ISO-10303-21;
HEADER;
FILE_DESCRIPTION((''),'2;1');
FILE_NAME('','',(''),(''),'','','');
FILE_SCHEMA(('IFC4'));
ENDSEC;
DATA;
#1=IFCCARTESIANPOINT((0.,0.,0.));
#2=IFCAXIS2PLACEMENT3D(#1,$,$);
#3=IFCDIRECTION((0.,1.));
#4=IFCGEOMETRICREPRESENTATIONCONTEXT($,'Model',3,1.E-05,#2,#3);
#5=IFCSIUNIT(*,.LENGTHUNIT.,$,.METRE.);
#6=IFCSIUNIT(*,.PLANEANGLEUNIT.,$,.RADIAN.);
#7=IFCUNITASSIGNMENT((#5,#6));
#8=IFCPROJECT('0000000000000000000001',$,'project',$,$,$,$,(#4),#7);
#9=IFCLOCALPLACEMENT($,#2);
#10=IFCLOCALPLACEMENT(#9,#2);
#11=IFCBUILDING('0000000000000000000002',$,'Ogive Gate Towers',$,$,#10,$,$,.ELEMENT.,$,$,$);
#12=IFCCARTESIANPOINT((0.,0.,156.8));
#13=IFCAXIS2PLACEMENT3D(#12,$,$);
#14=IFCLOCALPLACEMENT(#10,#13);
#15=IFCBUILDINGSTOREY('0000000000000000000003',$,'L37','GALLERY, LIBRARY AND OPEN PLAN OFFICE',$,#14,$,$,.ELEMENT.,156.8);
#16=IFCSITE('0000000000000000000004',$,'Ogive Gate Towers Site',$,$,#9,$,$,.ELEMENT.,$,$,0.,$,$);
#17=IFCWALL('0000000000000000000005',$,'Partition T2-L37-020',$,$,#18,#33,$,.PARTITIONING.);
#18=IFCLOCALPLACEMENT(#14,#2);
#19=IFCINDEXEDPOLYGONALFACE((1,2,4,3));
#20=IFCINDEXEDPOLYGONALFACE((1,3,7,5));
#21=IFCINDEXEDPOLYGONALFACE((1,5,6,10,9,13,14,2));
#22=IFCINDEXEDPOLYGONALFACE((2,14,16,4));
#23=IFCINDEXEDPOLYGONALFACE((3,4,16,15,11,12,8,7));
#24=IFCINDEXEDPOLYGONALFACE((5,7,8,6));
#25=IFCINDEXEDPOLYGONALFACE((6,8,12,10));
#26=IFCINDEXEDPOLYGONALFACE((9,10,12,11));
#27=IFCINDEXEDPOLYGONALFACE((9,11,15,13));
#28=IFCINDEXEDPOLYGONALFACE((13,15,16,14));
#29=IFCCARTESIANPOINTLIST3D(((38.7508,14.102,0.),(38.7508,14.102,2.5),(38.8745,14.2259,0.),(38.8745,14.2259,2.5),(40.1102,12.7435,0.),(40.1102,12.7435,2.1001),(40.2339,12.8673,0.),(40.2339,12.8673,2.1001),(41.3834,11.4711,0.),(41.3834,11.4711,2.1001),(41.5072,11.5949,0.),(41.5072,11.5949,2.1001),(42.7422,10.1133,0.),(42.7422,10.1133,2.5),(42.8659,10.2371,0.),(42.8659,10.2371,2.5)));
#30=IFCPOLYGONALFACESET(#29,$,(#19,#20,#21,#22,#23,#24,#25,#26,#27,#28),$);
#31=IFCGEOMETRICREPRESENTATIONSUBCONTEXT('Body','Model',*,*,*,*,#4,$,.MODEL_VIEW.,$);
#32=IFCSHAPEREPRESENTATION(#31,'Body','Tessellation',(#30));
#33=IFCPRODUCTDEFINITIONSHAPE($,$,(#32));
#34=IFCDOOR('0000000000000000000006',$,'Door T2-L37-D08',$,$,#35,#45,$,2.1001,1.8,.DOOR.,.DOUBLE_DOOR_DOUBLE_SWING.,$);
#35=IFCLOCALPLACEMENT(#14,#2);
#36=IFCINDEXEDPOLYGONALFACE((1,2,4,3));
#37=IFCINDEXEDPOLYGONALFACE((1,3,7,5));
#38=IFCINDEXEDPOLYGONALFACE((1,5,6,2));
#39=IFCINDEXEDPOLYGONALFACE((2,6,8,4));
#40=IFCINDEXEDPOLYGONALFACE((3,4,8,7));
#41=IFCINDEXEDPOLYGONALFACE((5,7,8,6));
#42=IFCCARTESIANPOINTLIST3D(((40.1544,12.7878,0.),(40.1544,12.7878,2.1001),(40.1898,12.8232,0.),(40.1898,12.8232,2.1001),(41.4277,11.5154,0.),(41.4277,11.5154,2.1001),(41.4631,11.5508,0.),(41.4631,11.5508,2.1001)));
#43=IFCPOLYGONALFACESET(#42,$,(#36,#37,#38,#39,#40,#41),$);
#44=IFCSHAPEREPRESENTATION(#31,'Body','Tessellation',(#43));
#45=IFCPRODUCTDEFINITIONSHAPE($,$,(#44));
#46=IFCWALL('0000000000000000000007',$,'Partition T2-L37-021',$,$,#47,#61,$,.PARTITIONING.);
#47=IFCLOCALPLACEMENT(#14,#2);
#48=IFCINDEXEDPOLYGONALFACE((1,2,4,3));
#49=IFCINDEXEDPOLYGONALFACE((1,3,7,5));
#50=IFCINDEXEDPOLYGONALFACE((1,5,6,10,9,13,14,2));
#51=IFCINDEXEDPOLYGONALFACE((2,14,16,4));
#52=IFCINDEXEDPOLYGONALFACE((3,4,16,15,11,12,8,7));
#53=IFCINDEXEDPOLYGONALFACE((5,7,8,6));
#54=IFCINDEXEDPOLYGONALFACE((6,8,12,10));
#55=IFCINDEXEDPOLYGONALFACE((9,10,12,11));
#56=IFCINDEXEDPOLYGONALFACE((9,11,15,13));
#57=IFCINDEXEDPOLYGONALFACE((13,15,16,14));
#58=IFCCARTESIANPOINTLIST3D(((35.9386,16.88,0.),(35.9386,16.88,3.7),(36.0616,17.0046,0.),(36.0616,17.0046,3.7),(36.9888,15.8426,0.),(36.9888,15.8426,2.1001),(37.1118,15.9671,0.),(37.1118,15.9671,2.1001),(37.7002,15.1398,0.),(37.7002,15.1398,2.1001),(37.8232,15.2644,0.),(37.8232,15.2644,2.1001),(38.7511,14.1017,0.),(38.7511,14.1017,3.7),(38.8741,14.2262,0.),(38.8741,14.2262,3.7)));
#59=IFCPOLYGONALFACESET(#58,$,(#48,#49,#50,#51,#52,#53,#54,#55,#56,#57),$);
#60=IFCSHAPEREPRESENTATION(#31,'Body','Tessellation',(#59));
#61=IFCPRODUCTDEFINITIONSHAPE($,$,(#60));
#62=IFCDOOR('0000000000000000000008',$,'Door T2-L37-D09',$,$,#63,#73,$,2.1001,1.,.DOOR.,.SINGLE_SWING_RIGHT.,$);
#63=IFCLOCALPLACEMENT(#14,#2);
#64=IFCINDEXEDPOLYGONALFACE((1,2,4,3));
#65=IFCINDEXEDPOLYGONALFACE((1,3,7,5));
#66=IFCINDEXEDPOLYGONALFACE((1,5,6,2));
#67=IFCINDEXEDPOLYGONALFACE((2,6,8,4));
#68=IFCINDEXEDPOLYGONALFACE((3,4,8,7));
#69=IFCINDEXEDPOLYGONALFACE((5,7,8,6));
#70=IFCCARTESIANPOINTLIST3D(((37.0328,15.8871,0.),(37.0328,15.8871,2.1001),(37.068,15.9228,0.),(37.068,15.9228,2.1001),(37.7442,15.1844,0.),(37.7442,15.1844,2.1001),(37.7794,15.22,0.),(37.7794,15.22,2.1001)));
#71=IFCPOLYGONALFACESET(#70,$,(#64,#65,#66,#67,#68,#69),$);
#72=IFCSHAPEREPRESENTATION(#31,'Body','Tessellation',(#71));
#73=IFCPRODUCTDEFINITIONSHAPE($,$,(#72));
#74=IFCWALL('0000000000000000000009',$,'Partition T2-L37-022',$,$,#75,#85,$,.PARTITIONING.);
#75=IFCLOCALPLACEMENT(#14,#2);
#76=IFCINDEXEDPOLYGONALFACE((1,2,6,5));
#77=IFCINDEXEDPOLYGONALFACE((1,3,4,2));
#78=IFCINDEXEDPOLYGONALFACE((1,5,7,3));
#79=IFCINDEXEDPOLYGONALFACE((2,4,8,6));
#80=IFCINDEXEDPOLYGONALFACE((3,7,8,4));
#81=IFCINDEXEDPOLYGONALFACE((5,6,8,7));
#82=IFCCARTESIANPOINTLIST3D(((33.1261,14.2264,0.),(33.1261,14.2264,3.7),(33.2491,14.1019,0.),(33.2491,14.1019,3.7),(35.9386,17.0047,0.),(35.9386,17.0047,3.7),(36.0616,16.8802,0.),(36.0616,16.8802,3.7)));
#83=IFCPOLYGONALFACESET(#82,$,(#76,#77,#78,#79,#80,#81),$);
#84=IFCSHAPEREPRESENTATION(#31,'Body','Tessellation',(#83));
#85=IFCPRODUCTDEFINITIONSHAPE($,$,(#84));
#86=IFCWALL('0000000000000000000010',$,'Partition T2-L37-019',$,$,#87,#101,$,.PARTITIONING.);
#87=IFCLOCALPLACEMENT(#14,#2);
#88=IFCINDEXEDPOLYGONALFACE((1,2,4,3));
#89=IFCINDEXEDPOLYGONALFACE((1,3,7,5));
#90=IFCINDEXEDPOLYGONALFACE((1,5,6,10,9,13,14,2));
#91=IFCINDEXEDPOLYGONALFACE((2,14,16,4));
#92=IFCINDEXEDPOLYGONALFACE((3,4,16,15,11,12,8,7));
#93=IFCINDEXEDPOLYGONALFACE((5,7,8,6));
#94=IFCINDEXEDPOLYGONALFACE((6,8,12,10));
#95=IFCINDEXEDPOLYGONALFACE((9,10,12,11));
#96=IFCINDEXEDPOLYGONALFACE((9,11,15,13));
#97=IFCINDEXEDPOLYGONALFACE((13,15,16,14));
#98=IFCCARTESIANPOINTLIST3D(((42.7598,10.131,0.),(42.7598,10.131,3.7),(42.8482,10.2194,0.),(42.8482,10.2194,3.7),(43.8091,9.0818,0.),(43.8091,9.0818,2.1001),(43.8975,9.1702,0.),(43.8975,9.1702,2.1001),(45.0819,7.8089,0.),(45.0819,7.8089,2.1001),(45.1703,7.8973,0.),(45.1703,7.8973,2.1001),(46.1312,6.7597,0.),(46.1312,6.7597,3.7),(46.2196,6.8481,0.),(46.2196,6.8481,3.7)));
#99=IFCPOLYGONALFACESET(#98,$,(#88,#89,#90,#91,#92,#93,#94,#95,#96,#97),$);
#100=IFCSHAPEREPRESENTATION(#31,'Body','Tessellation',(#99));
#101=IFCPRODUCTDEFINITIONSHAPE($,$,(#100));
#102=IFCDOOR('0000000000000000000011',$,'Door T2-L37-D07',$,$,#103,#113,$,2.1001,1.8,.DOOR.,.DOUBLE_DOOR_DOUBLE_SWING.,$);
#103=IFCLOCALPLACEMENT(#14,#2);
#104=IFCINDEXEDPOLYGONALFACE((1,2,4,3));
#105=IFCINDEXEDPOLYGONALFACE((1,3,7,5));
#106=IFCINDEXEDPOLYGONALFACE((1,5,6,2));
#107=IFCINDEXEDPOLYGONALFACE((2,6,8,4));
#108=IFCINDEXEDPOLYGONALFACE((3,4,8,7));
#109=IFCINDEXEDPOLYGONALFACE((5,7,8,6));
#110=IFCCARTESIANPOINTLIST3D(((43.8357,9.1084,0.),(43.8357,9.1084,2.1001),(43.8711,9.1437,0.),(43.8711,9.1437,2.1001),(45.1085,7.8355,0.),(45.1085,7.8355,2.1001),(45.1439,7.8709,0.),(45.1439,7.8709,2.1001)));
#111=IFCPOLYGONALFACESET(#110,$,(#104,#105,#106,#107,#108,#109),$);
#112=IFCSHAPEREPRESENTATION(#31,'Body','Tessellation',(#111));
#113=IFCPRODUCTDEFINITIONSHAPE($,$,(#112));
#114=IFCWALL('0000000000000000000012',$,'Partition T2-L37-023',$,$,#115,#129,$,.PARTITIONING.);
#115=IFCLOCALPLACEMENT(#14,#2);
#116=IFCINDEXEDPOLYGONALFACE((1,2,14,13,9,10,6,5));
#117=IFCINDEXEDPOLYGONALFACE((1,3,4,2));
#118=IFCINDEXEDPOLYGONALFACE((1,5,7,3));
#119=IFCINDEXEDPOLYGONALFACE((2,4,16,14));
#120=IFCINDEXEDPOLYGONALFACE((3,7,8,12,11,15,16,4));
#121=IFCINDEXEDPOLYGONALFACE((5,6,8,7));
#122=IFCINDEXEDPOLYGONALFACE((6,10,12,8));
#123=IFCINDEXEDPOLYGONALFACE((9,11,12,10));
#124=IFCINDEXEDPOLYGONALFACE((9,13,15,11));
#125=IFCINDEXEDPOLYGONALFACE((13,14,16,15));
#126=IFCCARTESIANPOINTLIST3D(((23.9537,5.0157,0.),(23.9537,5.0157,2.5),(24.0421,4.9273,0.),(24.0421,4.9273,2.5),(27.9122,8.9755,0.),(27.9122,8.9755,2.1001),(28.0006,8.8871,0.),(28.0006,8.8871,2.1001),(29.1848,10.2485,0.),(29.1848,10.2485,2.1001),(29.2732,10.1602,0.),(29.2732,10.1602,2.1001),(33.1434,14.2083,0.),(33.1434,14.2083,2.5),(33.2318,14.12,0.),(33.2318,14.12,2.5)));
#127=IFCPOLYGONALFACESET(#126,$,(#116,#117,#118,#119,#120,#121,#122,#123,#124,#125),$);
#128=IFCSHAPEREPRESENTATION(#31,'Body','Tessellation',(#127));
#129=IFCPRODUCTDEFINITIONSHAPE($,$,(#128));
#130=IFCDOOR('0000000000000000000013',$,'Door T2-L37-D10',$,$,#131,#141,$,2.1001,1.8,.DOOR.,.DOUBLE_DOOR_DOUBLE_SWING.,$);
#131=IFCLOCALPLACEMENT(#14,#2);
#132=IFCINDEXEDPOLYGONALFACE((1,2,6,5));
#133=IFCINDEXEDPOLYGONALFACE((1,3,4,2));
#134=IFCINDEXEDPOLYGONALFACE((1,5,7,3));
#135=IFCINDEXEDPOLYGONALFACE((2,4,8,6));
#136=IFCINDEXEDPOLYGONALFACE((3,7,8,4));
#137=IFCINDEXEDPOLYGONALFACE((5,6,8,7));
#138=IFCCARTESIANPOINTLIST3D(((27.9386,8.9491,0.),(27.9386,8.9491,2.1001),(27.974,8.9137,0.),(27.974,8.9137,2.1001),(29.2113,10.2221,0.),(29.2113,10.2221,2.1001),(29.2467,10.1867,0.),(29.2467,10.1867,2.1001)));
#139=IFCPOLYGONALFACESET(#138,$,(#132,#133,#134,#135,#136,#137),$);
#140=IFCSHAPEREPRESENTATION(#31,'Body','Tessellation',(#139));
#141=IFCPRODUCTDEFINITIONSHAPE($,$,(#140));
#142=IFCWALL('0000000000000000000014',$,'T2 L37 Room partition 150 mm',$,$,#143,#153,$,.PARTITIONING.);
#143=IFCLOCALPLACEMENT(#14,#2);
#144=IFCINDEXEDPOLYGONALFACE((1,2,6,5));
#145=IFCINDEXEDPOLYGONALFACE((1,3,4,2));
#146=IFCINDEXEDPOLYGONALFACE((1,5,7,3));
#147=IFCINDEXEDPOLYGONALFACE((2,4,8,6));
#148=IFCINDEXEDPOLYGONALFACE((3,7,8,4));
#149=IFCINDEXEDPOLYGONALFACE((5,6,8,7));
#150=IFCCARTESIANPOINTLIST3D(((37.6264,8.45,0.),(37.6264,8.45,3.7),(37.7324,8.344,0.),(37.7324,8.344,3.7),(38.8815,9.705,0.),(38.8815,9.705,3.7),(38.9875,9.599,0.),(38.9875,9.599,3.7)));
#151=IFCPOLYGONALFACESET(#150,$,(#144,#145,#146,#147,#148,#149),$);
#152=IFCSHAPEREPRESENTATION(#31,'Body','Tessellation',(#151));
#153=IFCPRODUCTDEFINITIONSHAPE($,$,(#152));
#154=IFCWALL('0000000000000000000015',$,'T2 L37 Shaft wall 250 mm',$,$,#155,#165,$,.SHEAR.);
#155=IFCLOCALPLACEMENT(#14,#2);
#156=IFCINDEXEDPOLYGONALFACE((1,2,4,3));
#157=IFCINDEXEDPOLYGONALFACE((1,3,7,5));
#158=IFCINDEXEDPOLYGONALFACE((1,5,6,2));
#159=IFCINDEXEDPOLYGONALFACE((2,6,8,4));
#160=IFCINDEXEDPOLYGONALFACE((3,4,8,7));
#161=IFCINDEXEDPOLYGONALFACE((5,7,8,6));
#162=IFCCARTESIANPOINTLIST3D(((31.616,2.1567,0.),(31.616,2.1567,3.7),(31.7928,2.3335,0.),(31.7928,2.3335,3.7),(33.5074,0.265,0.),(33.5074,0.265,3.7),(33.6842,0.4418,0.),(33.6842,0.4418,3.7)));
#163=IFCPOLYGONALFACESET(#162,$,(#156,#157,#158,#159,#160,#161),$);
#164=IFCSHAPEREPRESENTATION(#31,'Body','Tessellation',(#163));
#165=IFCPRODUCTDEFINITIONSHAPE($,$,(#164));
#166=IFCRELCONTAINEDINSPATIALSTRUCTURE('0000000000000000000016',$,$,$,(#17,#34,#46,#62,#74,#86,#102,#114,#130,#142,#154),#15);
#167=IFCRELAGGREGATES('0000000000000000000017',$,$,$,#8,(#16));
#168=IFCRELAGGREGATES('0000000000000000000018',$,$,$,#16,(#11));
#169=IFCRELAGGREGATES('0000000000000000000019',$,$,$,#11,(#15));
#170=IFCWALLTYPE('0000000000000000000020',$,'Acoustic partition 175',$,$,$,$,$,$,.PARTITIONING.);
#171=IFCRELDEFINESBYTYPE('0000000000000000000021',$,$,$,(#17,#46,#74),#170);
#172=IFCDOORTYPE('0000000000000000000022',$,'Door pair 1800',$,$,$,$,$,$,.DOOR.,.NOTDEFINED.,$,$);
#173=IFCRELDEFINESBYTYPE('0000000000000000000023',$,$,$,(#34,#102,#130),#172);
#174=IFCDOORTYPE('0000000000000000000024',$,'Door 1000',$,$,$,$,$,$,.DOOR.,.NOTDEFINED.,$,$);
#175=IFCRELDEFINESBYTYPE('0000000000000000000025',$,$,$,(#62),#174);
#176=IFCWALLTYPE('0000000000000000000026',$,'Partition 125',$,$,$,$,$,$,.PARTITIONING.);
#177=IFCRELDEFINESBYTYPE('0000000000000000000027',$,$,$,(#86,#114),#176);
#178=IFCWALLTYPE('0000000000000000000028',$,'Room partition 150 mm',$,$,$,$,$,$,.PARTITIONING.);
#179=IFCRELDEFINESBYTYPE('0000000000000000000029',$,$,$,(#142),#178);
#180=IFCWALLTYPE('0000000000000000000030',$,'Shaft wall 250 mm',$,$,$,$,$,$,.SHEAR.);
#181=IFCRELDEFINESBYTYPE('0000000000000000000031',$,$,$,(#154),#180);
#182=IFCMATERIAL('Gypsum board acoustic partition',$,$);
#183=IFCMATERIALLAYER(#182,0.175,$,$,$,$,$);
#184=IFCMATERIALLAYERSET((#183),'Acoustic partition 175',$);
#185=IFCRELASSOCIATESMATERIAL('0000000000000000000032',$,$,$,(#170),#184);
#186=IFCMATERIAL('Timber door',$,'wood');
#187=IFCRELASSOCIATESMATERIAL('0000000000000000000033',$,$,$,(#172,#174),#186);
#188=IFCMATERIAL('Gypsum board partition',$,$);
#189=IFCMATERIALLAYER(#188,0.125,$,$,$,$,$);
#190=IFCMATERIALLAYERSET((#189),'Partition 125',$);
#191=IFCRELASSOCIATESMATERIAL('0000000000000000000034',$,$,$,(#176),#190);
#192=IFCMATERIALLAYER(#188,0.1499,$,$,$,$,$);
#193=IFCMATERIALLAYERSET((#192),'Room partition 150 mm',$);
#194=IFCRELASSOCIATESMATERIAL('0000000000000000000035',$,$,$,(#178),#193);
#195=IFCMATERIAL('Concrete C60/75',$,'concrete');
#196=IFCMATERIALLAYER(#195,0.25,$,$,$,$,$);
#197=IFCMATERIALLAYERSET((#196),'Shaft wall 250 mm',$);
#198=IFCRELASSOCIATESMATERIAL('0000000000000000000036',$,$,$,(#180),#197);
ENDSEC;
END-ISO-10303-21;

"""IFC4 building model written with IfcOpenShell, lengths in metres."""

from ifc_helpers import new_model, si_unit, direction, frame, frame_2d, origin, place, context, subcontext, project, spatial, rectangle, extrude, material, layer, layer_set, type_object, element, fill, save


model = new_model("IFC4")

# Units and contexts
model_context = context("Model", 3, precision=1e-05, world=origin(), true_north=direction((0.0, 1.0)))
body_context = subcontext(model_context, "Body", "Model", "MODEL_VIEW")
ifc_project = project(units=[si_unit("LENGTHUNIT", "METRE"), si_unit("PLANEANGLEUNIT", "RADIAN")], contexts=[model_context])

# Site, building, storey
site_placement = place(None, origin())
site = spatial("IfcSite", under=ifc_project, at=site_placement, Name="Ogive Gate Towers Site", CompositionType="ELEMENT", RefElevation=0.0)
building_placement = place(site_placement, origin())
building = spatial("IfcBuilding", under=site, at=building_placement, Name="Ogive Gate Towers", CompositionType="ELEMENT")
storey_placement = place(building_placement, frame((0.0, 0.0, 156.8)))
storey = spatial("IfcBuildingStorey", under=building, at=storey_placement, Name="L37", Description="GALLERY, LIBRARY AND OPEN PLAN OFFICE", CompositionType="ELEMENT", Elevation=156.8)

# Shared definitions
ifc_material_1 = material(Name="Gypsum board acoustic partition")
ifc_layer_1 = layer(ifc_material_1, 0.175)
ifc_layer_set_1 = layer_set([ifc_layer_1], Name="Acoustic partition 175")
wall_type_1 = type_object("IfcWallType", Name="Acoustic partition 175", PredefinedType="PARTITIONING", material=ifc_layer_set_1)

# Walls, openings, doors
wall_1_placement = place(storey_placement, frame((42.804, 10.1753, 0.0), z_axis=(0.0, 0.0, 1.0), x_axis=(-0.707345, 0.706869, 0.0)))
wall_1 = element("IfcWall", 1, at=wall_1_placement, inside=storey, type_object=wall_type_1, Name="Partition T2-L37-020", PredefinedType="PARTITIONING", context=body_context, shape_type="SweptSolid", body=[
    extrude(rectangle(XDim=5.6428, YDim=0.175, at=frame_2d((2.8213, 0.0))), origin(), (0.0, 0.0, 1.0), 2.5),
])
opening_1_placement = place(wall_1_placement, frame((1.9209, 0.0, 0.0)))
opening_1 = element("IfcOpeningElement", 2, at=opening_1_placement, cuts=wall_1, PredefinedType="OPENING", context=body_context, shape_type="SweptSolid", body=[
    extrude(rectangle(XDim=1.8, YDim=2.1001, at=frame_2d((0.8999, 1.05))), frame((0.0, 0.0977, 0.0), z_axis=(0.0, -1.0, 0.0), x_axis=(1.0, 0.0, 0.0)), (0.0, 0.0, 1.0), 0.1951),
])
ifc_material_2 = material(Name="Timber door", Category="wood")
door_type_1 = type_object("IfcDoorType", Name="Door pair 1800", OperationType="NOTDEFINED", PredefinedType="DOOR", material=ifc_material_2)
door_1_placement = place(opening_1_placement, origin())
door_1 = element("IfcDoor", 3, at=door_1_placement, inside=storey, type_object=door_type_1, Name="Door T2-L37-D08", OperationType="DOUBLE_DOOR_DOUBLE_SWING", OverallHeight=2.1001, OverallWidth=1.8, PredefinedType="DOOR", context=body_context, shape_type="SweptSolid", body=[
    extrude(rectangle(XDim=1.8, YDim=2.1001, at=frame_2d((0.8999, 1.05))), frame((0.0, 0.0249, 0.0), z_axis=(0.0, -1.0, 0.0), x_axis=(1.0, 0.0, 0.0)), (0.0, 0.0, 1.0), 0.05),
])
fill(opening_1, door_1)
wall_2_placement = place(storey_placement, frame((38.8125, 14.1641, 0.0), z_axis=(0.0, 0.0, 1.0), x_axis=(-0.711416, 0.702771, 0.0)))
wall_2 = element("IfcWall", 4, at=wall_2_placement, inside=storey, type_object=wall_type_1, Name="Partition T2-L37-021", PredefinedType="PARTITIONING", context=body_context, shape_type="SweptSolid", body=[
    extrude(rectangle(XDim=3.9534, YDim=0.175, at=frame_2d((1.9766, 0.0))), origin(), (0.0, 0.0, 1.0), 3.7),
])
opening_2_placement = place(wall_2_placement, frame((1.4771, 0.0, 0.0)))
opening_2 = element("IfcOpeningElement", 5, at=opening_2_placement, cuts=wall_2, PredefinedType="OPENING", context=body_context, shape_type="SweptSolid", body=[
    extrude(rectangle(XDim=1.0, YDim=2.1001, at=frame_2d((0.5, 1.05))), frame((0.0, 0.0977, 0.0), z_axis=(0.0, -1.0, 0.0), x_axis=(1.0, 0.0, 0.0)), (0.0, 0.0, 1.0), 0.1951),
])
door_type_2 = type_object("IfcDoorType", Name="Door 1000", OperationType="NOTDEFINED", PredefinedType="DOOR", material=ifc_material_2)
door_2_placement = place(opening_2_placement, origin())
door_2 = element("IfcDoor", 6, at=door_2_placement, inside=storey, type_object=door_type_2, Name="Door T2-L37-D09", OperationType="SINGLE_SWING_RIGHT", OverallHeight=2.1001, OverallWidth=1.0, PredefinedType="DOOR", context=body_context, shape_type="SweptSolid", body=[
    extrude(rectangle(XDim=1.0, YDim=2.1001, at=frame_2d((0.5, 1.05))), frame((0.0, 0.0249, 0.0), z_axis=(0.0, -1.0, 0.0), x_axis=(1.0, 0.0, 0.0)), (0.0, 0.0, 1.0), 0.05),
])
fill(opening_2, door_2)

# Wall
wall_3_placement = place(storey_placement, frame((36.0, 16.9424, 0.0), z_axis=(0.0, 0.0, 1.0), x_axis=(-0.711416, -0.702771, 0.0)))
element("IfcWall", 7, at=wall_3_placement, inside=storey, type_object=wall_type_1, Name="Partition T2-L37-022", PredefinedType="PARTITIONING", context=body_context, shape_type="SweptSolid", body=[
    extrude(rectangle(XDim=3.9534, YDim=0.175, at=frame_2d((1.9766, 0.0))), origin(), (0.0, 0.0, 1.0), 3.7),
])

# Walls, openings, doors
ifc_material_3 = material(Name="Gypsum board partition")
ifc_layer_2 = layer(ifc_material_3, 0.125)
ifc_layer_set_2 = layer_set([ifc_layer_2], Name="Partition 125")
wall_type_2 = type_object("IfcWallType", Name="Partition 125", PredefinedType="PARTITIONING", material=ifc_layer_set_2)
wall_4_placement = place(storey_placement, frame((46.1753, 6.804, 0.0), z_axis=(0.0, 0.0, 1.0), x_axis=(-0.707107, 0.707107, 0.0)))
wall_4 = element("IfcWall", 8, at=wall_4_placement, inside=storey, type_object=wall_type_2, Name="Partition T2-L37-019", PredefinedType="PARTITIONING", context=body_context, shape_type="SweptSolid", body=[
    extrude(rectangle(XDim=4.7678, YDim=0.125, at=frame_2d((2.3838, 0.0))), origin(), (0.0, 0.0, 1.0), 3.7),
])
opening_3_placement = place(wall_4_placement, frame((1.4839, 0.0, 0.0)))
opening_3 = element("IfcOpeningElement", 9, at=opening_3_placement, cuts=wall_4, PredefinedType="OPENING", context=body_context, shape_type="SweptSolid", body=[
    extrude(rectangle(XDim=1.8, YDim=2.1001, at=frame_2d((0.8999, 1.05))), frame((0.0, 0.0725, 0.0), z_axis=(0.0, -1.0, 0.0), x_axis=(1.0, 0.0, 0.0)), (0.0, 0.0, 1.0), 0.145),
])
door_3_placement = place(opening_3_placement, origin())
door_3 = element("IfcDoor", 10, at=door_3_placement, inside=storey, type_object=door_type_1, Name="Door T2-L37-D07", OperationType="DOUBLE_DOOR_DOUBLE_SWING", OverallHeight=2.1001, OverallWidth=1.8, PredefinedType="DOOR", context=body_context, shape_type="SweptSolid", body=[
    extrude(rectangle(XDim=1.8, YDim=2.1001, at=frame_2d((0.8999, 1.05))), frame((0.0, 0.0249, 0.0), z_axis=(0.0, -1.0, 0.0), x_axis=(1.0, 0.0, 0.0)), (0.0, 0.0, 1.0), 0.05),
])
fill(opening_3, door_3)
wall_5_placement = place(storey_placement, frame((33.1875, 14.1641, 0.0), z_axis=(0.0, 0.0, 1.0), x_axis=(-0.706994, -0.707219, 0.0)))
wall_5 = element("IfcWall", 11, at=wall_5_placement, inside=storey, type_object=wall_type_2, Name="Partition T2-L37-023", PredefinedType="PARTITIONING", context=body_context, shape_type="SweptSolid", body=[
    extrude(rectangle(XDim=12.9983, YDim=0.125, at=frame_2d((6.499, 0.0))), origin(), (0.0, 0.0, 1.0), 2.5),
])
opening_4_placement = place(wall_5_placement, frame((5.5991, 0.0, 0.0)))
opening_4 = element("IfcOpeningElement", 12, at=opening_4_placement, cuts=wall_5, PredefinedType="OPENING", context=body_context, shape_type="SweptSolid", body=[
    extrude(rectangle(XDim=1.8, YDim=2.1001, at=frame_2d((0.8999, 1.05))), frame((0.0, 0.0725, 0.0), z_axis=(0.0, -1.0, 0.0), x_axis=(1.0, 0.0, 0.0)), (0.0, 0.0, 1.0), 0.145),
])
door_4_placement = place(opening_4_placement, origin())
door_4 = element("IfcDoor", 13, at=door_4_placement, inside=storey, type_object=door_type_1, Name="Door T2-L37-D10", OperationType="DOUBLE_DOOR_DOUBLE_SWING", OverallHeight=2.1001, OverallWidth=1.8, PredefinedType="DOOR", context=body_context, shape_type="SweptSolid", body=[
    extrude(rectangle(XDim=1.8, YDim=2.1001, at=frame_2d((0.8999, 1.05))), frame((0.0, 0.0249, 0.0), z_axis=(0.0, -1.0, 0.0), x_axis=(1.0, 0.0, 0.0)), (0.0, 0.0, 1.0), 0.05),
])
fill(opening_4, door_4)

# Walls
ifc_layer_3 = layer(ifc_material_3, 0.1499)
ifc_layer_set_3 = layer_set([ifc_layer_3], Name="Room partition 150 mm")
wall_type_3 = type_object("IfcWallType", Name="Room partition 150 mm", PredefinedType="PARTITIONING", material=ifc_layer_set_3)
wall_6_placement = place(storey_placement, frame((37.6794, 8.397, 0.0), z_axis=(0.0, 0.0, 1.0), x_axis=(0.707107, 0.707107, 0.0)))
element("IfcWall", 14, at=wall_6_placement, inside=storey, type_object=wall_type_3, Name="T2 L37 Room partition 150 mm", PredefinedType="PARTITIONING", context=body_context, shape_type="SweptSolid", body=[
    extrude(rectangle(XDim=1.7749, YDim=0.1499, at=frame_2d((0.8875, 0.0))), origin(), (0.0, 0.0, 1.0), 3.7),
])
ifc_material_4 = material(Name="Concrete C60/75", Category="concrete")
ifc_layer_4 = layer(ifc_material_4, 0.25)
ifc_layer_set_4 = layer_set([ifc_layer_4], Name="Shaft wall 250 mm")
wall_type_4 = type_object("IfcWallType", Name="Shaft wall 250 mm", PredefinedType="SHEAR", material=ifc_layer_set_4)
wall_7_placement = place(storey_placement, frame((33.5957, 0.3535, 0.0), z_axis=(0.0, 0.0, 1.0), x_axis=(-0.707061, 0.707152, 0.0)))
element("IfcWall", 15, at=wall_7_placement, inside=storey, type_object=wall_type_4, Name="T2 L37 Shaft wall 250 mm", PredefinedType="SHEAR", context=body_context, shape_type="SweptSolid", body=[
    extrude(rectangle(XDim=2.675, YDim=0.25, at=frame_2d((1.3374, 0.0))), origin(), (0.0, 0.0, 1.0), 3.7),
])

save(model, "model.ifc")
